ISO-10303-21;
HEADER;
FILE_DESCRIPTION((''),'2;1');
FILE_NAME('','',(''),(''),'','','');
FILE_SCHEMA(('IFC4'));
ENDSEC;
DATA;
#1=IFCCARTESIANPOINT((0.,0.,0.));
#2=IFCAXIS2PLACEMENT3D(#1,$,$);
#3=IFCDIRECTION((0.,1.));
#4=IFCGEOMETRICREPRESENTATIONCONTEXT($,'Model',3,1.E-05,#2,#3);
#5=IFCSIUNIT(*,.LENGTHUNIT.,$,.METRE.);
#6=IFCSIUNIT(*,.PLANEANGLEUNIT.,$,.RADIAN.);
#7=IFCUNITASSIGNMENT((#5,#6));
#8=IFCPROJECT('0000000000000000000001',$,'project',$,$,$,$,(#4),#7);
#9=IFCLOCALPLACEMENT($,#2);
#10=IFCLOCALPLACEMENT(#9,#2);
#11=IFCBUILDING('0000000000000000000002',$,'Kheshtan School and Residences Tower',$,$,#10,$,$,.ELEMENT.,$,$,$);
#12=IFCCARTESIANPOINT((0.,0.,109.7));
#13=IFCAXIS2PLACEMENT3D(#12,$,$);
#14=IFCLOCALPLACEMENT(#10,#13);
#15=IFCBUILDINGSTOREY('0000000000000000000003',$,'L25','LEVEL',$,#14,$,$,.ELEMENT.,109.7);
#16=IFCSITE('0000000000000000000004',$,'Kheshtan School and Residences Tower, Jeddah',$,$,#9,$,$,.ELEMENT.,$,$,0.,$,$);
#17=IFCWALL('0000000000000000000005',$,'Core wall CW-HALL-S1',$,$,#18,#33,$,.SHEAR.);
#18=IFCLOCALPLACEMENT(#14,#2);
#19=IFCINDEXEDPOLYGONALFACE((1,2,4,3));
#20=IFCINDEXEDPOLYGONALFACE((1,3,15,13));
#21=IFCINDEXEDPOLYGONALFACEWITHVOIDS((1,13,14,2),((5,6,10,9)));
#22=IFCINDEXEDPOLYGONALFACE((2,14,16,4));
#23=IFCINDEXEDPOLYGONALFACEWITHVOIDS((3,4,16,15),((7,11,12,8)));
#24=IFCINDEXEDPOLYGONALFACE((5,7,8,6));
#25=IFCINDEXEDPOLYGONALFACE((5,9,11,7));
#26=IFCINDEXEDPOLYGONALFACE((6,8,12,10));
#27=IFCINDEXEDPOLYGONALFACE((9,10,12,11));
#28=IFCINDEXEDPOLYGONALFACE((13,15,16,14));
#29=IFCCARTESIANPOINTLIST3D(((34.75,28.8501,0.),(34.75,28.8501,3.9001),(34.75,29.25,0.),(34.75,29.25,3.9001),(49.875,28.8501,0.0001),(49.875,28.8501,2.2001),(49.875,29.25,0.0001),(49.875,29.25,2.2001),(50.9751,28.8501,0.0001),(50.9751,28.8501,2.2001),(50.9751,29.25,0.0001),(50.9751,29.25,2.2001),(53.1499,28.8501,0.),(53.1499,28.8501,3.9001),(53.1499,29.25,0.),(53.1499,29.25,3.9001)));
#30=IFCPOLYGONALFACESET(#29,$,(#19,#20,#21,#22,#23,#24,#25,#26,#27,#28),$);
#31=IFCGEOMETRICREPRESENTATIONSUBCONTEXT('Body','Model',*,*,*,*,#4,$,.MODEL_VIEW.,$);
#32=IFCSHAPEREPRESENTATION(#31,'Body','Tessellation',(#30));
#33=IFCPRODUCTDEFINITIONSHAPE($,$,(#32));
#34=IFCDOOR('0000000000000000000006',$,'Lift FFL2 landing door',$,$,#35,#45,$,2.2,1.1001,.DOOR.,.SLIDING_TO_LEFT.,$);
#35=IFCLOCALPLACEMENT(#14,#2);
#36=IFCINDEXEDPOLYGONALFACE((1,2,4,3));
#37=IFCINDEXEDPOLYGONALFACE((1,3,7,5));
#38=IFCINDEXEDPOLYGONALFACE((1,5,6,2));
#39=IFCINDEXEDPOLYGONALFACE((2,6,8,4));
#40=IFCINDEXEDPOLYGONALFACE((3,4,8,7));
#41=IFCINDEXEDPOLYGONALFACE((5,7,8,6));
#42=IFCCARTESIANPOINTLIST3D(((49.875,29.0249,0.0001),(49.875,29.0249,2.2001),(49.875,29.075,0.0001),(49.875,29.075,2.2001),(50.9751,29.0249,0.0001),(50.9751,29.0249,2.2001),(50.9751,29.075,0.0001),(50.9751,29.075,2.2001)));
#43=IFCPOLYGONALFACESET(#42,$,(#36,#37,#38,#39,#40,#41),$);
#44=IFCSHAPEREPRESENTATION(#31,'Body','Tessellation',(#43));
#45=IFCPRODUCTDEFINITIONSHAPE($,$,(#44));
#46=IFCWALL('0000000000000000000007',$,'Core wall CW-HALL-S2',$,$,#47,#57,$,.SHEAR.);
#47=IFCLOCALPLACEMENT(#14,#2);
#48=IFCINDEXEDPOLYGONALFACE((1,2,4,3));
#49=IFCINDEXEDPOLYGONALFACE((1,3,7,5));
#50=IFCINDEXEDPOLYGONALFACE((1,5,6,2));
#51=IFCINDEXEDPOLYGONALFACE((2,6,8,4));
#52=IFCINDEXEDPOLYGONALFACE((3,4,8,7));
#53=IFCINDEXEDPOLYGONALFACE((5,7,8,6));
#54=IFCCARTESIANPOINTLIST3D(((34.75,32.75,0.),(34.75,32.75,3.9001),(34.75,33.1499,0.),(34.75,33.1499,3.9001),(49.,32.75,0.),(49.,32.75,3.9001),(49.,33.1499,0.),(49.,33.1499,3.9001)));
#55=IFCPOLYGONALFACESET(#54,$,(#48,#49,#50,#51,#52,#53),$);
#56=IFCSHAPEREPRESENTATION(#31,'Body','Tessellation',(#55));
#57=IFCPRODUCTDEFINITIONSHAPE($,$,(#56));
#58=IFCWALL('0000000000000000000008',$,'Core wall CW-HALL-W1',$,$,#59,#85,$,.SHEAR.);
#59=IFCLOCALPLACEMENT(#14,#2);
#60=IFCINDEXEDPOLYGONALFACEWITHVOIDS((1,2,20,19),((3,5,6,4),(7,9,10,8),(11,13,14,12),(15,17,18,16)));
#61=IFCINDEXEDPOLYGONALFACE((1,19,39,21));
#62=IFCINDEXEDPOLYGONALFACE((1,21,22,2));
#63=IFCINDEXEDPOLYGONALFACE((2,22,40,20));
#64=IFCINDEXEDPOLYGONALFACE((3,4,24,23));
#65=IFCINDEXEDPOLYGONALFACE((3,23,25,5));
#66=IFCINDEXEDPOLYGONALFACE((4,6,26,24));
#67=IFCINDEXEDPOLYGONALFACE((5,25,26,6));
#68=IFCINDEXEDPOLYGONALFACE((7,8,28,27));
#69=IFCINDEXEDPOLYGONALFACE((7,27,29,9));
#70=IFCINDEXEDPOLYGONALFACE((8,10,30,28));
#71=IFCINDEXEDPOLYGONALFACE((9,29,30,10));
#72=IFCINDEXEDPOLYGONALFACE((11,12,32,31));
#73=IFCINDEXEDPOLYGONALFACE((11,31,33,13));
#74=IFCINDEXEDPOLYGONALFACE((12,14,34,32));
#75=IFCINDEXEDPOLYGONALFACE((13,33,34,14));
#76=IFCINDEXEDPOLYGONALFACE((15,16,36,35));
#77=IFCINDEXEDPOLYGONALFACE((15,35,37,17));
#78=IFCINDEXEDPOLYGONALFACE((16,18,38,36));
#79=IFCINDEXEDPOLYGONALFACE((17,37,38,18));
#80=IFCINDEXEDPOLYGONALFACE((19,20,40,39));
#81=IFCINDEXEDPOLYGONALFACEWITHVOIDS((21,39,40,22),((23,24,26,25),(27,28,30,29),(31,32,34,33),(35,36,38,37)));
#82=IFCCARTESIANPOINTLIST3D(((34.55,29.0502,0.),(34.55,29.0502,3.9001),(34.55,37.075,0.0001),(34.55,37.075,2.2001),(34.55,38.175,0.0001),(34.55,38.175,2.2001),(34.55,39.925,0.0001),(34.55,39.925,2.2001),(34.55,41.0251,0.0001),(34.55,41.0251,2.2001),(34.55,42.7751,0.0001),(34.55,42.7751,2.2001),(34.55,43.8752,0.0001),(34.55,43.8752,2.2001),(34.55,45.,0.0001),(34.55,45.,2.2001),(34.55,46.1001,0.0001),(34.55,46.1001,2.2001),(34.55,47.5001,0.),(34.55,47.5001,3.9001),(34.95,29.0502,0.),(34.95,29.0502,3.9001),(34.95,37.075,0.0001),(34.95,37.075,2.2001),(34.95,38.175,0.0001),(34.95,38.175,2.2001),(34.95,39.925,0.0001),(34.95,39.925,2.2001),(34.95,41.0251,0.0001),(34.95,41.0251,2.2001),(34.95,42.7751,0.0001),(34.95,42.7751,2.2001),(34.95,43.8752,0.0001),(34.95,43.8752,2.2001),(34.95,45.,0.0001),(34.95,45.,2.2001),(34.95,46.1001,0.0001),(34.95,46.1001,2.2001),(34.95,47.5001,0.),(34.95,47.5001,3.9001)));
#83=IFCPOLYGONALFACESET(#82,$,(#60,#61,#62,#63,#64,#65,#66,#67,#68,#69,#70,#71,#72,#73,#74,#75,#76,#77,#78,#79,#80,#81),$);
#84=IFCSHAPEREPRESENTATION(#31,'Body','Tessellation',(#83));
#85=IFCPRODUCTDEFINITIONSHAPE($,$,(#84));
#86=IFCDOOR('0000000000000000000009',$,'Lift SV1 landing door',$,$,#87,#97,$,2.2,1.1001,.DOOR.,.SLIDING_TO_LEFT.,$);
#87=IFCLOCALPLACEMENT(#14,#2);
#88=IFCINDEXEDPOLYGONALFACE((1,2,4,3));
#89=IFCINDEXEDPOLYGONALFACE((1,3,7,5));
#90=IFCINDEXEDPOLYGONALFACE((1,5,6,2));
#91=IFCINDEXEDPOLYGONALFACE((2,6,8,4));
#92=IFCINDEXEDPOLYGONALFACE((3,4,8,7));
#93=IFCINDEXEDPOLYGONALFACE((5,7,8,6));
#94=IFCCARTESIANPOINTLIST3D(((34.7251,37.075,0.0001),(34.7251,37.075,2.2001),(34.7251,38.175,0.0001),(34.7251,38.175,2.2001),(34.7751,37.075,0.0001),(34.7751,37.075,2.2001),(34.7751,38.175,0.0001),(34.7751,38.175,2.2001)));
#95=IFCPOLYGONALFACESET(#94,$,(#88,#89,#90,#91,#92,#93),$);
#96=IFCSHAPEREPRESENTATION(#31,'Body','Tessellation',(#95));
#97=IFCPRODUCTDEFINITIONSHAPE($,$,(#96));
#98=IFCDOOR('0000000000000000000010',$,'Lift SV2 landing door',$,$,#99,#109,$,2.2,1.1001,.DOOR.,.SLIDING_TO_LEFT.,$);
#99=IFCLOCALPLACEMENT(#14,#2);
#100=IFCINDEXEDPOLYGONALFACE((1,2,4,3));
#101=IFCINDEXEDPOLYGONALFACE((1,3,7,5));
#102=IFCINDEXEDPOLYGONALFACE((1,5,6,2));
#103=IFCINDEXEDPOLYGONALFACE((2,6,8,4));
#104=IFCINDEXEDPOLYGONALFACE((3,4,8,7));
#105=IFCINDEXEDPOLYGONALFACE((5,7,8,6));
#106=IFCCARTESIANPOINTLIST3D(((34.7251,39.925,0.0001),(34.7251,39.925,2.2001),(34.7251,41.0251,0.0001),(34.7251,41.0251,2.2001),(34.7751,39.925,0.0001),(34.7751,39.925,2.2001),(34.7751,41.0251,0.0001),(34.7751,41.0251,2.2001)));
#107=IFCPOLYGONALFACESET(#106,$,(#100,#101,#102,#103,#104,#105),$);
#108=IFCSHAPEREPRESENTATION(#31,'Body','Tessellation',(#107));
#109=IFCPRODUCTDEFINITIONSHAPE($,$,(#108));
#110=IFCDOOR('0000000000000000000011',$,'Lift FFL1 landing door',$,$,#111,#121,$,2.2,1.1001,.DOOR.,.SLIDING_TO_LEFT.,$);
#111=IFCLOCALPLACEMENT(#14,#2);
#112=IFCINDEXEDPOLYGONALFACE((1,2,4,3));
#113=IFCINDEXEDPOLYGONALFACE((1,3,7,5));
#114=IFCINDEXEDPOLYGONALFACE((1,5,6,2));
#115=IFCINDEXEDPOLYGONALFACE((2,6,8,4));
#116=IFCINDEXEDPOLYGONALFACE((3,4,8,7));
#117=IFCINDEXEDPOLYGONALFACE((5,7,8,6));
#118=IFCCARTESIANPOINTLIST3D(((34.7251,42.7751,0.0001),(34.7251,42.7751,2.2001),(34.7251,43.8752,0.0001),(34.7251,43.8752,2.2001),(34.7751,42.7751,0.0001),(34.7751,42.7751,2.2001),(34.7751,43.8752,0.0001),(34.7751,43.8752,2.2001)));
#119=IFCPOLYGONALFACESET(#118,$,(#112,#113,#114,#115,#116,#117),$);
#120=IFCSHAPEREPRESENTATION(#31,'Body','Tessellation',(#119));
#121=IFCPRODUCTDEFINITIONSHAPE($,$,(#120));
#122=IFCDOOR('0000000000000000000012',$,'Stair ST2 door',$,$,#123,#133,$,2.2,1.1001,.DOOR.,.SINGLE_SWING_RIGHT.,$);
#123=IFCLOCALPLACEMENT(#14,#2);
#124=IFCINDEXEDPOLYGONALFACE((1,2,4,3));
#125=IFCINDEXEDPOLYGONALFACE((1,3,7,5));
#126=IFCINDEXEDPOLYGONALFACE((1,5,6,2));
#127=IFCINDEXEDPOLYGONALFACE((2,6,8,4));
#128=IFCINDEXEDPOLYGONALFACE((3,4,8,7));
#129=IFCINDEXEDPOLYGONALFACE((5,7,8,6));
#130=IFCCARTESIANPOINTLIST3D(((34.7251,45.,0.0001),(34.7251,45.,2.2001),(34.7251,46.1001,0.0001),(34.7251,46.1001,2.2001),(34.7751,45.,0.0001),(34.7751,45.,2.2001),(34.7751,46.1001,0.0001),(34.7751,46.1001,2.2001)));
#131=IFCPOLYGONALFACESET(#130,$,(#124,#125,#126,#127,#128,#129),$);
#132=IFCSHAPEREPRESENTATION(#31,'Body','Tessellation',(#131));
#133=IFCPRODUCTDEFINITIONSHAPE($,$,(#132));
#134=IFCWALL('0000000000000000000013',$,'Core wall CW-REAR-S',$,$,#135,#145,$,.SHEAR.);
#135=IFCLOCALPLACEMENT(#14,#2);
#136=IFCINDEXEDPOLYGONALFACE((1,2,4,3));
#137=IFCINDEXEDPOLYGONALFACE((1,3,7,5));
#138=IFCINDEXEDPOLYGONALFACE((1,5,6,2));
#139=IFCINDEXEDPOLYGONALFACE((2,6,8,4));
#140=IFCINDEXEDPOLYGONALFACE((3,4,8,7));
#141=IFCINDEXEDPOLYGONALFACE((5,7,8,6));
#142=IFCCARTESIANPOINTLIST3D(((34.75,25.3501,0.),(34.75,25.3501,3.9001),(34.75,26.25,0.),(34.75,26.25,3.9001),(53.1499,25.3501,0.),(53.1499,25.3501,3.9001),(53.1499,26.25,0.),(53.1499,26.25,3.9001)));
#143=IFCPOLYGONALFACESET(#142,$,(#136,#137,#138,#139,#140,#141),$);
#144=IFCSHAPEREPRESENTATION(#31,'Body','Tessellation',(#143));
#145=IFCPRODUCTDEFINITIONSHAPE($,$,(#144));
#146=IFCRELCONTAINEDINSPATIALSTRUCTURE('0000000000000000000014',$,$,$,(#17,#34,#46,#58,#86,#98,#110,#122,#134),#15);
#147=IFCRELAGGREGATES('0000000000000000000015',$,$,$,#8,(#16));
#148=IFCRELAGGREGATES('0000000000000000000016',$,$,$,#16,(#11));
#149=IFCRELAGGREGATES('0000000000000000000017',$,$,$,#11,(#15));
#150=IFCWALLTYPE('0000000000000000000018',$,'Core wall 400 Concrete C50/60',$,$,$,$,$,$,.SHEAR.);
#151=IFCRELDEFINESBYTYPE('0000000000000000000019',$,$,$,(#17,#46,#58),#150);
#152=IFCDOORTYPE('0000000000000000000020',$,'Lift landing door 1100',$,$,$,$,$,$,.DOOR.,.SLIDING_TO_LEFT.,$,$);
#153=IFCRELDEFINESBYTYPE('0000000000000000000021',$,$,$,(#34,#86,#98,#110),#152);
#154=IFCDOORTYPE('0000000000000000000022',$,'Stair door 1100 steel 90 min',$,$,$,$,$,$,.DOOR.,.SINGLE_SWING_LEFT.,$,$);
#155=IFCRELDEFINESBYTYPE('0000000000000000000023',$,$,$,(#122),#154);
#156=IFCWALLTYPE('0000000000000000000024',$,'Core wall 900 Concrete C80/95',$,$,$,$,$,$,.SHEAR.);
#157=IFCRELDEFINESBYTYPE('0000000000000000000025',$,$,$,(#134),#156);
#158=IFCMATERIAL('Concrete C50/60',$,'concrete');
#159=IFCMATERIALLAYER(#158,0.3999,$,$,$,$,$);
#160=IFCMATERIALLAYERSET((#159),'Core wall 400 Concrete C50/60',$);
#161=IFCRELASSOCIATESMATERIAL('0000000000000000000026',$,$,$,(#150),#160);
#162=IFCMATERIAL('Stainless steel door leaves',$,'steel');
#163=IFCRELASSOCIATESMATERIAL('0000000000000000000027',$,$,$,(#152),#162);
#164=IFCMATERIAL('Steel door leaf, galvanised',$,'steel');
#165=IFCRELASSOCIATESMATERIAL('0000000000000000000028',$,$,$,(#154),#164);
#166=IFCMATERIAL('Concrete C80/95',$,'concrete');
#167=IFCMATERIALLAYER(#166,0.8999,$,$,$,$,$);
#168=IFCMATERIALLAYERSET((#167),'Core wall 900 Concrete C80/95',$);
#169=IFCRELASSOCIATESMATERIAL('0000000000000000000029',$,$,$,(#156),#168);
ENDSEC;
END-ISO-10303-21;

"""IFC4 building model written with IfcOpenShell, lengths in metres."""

from ifc_helpers import new_model, si_unit, direction, frame, frame_2d, origin, place, context, subcontext, project, spatial, rectangle, extrude, source, transform, mapped, material, layer, layer_set, type_object, element, fill, save


model = new_model("IFC4")

# Units and contexts
model_context = context("Model", 3, precision=1e-05, world=origin(), true_north=direction((0.0, 1.0)))
body_context = subcontext(model_context, "Body", "Model", "MODEL_VIEW")
ifc_project = project(units=[si_unit("LENGTHUNIT", "METRE"), si_unit("PLANEANGLEUNIT", "RADIAN")], contexts=[model_context])

# Site, building, storey
site_placement = place(None, origin())
site = spatial("IfcSite", under=ifc_project, at=site_placement, Name="Kheshtan School and Residences Tower, Jeddah", CompositionType="ELEMENT", RefElevation=0.0)
building_placement = place(site_placement, origin())
building = spatial("IfcBuilding", under=site, at=building_placement, Name="Kheshtan School and Residences Tower", CompositionType="ELEMENT")
storey_placement = place(building_placement, frame((0.0, 0.0, 109.7)))
storey = spatial("IfcBuildingStorey", under=building, at=storey_placement, Name="L25", Description="LEVEL", CompositionType="ELEMENT", Elevation=109.7)

# Wall, opening, door
ifc_material_1 = material(Name="Concrete C50/60", Category="concrete")
ifc_layer_1 = layer(ifc_material_1, 0.3999)
ifc_layer_set_1 = layer_set([ifc_layer_1], Name="Core wall 400 Concrete C50/60")
wall_type_1 = type_object("IfcWallType", Name="Core wall 400 Concrete C50/60", PredefinedType="SHEAR", material=ifc_layer_set_1)
wall_1_placement = place(storey_placement, frame((34.75, 29.05, 0.0), z_axis=(0.0, 0.0, 1.0), x_axis=(1.0, 0.0, 0.0)))
wall_1 = element("IfcWall", 1, at=wall_1_placement, inside=storey, type_object=wall_type_1, Name="Core wall CW-HALL-S1", PredefinedType="SHEAR", context=body_context, shape_type="SweptSolid", body=[
    extrude(rectangle(XDim=18.3999, YDim=0.3999, at=frame_2d((9.2, 0.0))), origin(), (0.0, 0.0, 1.0), 3.9001),
])
opening_1_placement = place(wall_1_placement, frame((15.125, 0.0, 0.0)))
opening_1 = element("IfcOpeningElement", 2, at=opening_1_placement, cuts=wall_1, PredefinedType="OPENING", context=body_context, shape_type="SweptSolid", body=[
    extrude(rectangle(XDim=1.1001, YDim=2.2, at=frame_2d((0.55, 1.1001))), frame((0.0, 0.21, 0.0), z_axis=(0.0, -1.0, 0.0), x_axis=(1.0, 0.0, 0.0)), (0.0, 0.0, 1.0), 0.4199),
])
ifc_material_2 = material(Name="Stainless steel door leaves", Category="steel")
door_type_1 = type_object("IfcDoorType", Name="Lift landing door 1100", OperationType="SLIDING_TO_LEFT", PredefinedType="DOOR", material=ifc_material_2)
shared_shape_1 = source(origin(), body_context, "Body", "SweptSolid", [
    extrude(rectangle(XDim=1.1001, YDim=2.2, at=frame_2d((0.55, 1.1001))), frame((0.0, 0.0249, 0.0), z_axis=(0.0, -1.0, 0.0), x_axis=(1.0, 0.0, 0.0)), (0.0, 0.0, 1.0), 0.05),
])
door_1_placement = place(opening_1_placement, origin())
door_1 = element("IfcDoor", 3, at=door_1_placement, inside=storey, type_object=door_type_1, Name="Lift FFL2 landing door", OperationType="SLIDING_TO_LEFT", OverallHeight=2.2, OverallWidth=1.1001, PredefinedType="DOOR", context=body_context, shape_type="MappedRepresentation", body=[
    mapped(shared_shape_1, transform((0.0, 0.0, 0.0), x_axis=(1.0, 0.0, 0.0), y_axis=(0.0, 1.0, 0.0), z_axis=(0.0, 0.0, 1.0), scale=1.0)),
])
fill(opening_1, door_1)

# Wall
wall_2_placement = place(storey_placement, frame((34.75, 32.95, 0.0), z_axis=(0.0, 0.0, 1.0), x_axis=(1.0, 0.0, 0.0)))
element("IfcWall", 4, at=wall_2_placement, inside=storey, type_object=wall_type_1, Name="Core wall CW-HALL-S2", PredefinedType="SHEAR", context=body_context, shape_type="SweptSolid", body=[
    extrude(rectangle(XDim=14.25, YDim=0.3999, at=frame_2d((7.125, 0.0))), origin(), (0.0, 0.0, 1.0), 3.9001),
])

# Wall, openings, doors
wall_3_placement = place(storey_placement, frame((34.75, 29.05, 0.0), z_axis=(0.0, 0.0, 1.0), x_axis=(0.0, 1.0, 0.0)))
wall_3 = element("IfcWall", 5, at=wall_3_placement, inside=storey, type_object=wall_type_1, Name="Core wall CW-HALL-W1", PredefinedType="SHEAR", context=body_context, shape_type="SweptSolid", body=[
    extrude(rectangle(XDim=18.45, YDim=0.3999, at=frame_2d((9.2251, 0.0))), origin(), (0.0, 0.0, 1.0), 3.9001),
])
opening_2_placement = place(wall_3_placement, frame((8.0249, 0.0, 0.0)))
opening_2 = element("IfcOpeningElement", 6, at=opening_2_placement, cuts=wall_3, PredefinedType="OPENING", context=body_context, shape_type="SweptSolid", body=[
    extrude(rectangle(XDim=1.1001, YDim=2.2, at=frame_2d((0.55, 1.1001))), frame((0.0, 0.21, 0.0), z_axis=(0.0, -1.0, 0.0), x_axis=(1.0, 0.0, 0.0)), (0.0, 0.0, 1.0), 0.4199),
])
opening_3_placement = place(wall_3_placement, frame((10.875, 0.0, 0.0)))
opening_3 = element("IfcOpeningElement", 7, at=opening_3_placement, cuts=wall_3, PredefinedType="OPENING", context=body_context, shape_type="SweptSolid", body=[
    extrude(rectangle(XDim=1.1001, YDim=2.2, at=frame_2d((0.55, 1.1001))), frame((0.0, 0.21, 0.0), z_axis=(0.0, -1.0, 0.0), x_axis=(1.0, 0.0, 0.0)), (0.0, 0.0, 1.0), 0.4199),
])
opening_4_placement = place(wall_3_placement, frame((13.7251, 0.0, 0.0)))
opening_4 = element("IfcOpeningElement", 8, at=opening_4_placement, cuts=wall_3, PredefinedType="OPENING", context=body_context, shape_type="SweptSolid", body=[
    extrude(rectangle(XDim=1.1001, YDim=2.2, at=frame_2d((0.55, 1.1001))), frame((0.0, 0.21, 0.0), z_axis=(0.0, -1.0, 0.0), x_axis=(1.0, 0.0, 0.0)), (0.0, 0.0, 1.0), 0.4199),
])
opening_5_placement = place(wall_3_placement, frame((15.95, 0.0, 0.0)))
opening_5 = element("IfcOpeningElement", 9, at=opening_5_placement, cuts=wall_3, PredefinedType="OPENING", context=body_context, shape_type="SweptSolid", body=[
    extrude(rectangle(XDim=1.1001, YDim=2.2, at=frame_2d((0.55, 1.1001))), frame((0.0, 0.21, 0.0), z_axis=(0.0, -1.0, 0.0), x_axis=(1.0, 0.0, 0.0)), (0.0, 0.0, 1.0), 0.4199),
])
door_2_placement = place(opening_2_placement, origin())
door_2 = element("IfcDoor", 10, at=door_2_placement, inside=storey, type_object=door_type_1, Name="Lift SV1 landing door", OperationType="SLIDING_TO_LEFT", OverallHeight=2.2, OverallWidth=1.1001, PredefinedType="DOOR", context=body_context, shape_type="MappedRepresentation", body=[
    mapped(shared_shape_1, transform((0.0, 0.0, 0.0), x_axis=(1.0, 0.0, 0.0), y_axis=(0.0, 1.0, 0.0), z_axis=(0.0, 0.0, 1.0), scale=1.0)),
])
fill(opening_2, door_2)
door_3_placement = place(opening_3_placement, origin())
door_3 = element("IfcDoor", 11, at=door_3_placement, inside=storey, type_object=door_type_1, Name="Lift SV2 landing door", OperationType="SLIDING_TO_LEFT", OverallHeight=2.2, OverallWidth=1.1001, PredefinedType="DOOR", context=body_context, shape_type="MappedRepresentation", body=[
    mapped(shared_shape_1, transform((0.0, 0.0, 0.0), x_axis=(1.0, 0.0, 0.0), y_axis=(0.0, 1.0, 0.0), z_axis=(0.0, 0.0, 1.0), scale=1.0)),
])
fill(opening_3, door_3)
door_4_placement = place(opening_4_placement, origin())
door_4 = element("IfcDoor", 12, at=door_4_placement, inside=storey, type_object=door_type_1, Name="Lift FFL1 landing door", OperationType="SLIDING_TO_LEFT", OverallHeight=2.2, OverallWidth=1.1001, PredefinedType="DOOR", context=body_context, shape_type="MappedRepresentation", body=[
    mapped(shared_shape_1, transform((0.0, 0.0, 0.0), x_axis=(1.0, 0.0, 0.0), y_axis=(0.0, 1.0, 0.0), z_axis=(0.0, 0.0, 1.0), scale=1.0)),
])
fill(opening_4, door_4)
ifc_material_3 = material(Name="Steel door leaf, galvanised", Category="steel")
door_type_2 = type_object("IfcDoorType", Name="Stair door 1100 steel 90 min", OperationType="SINGLE_SWING_LEFT", PredefinedType="DOOR", material=ifc_material_3)
shared_shape_2 = source(origin(), body_context, "Body", "SweptSolid", [
    extrude(rectangle(XDim=1.1001, YDim=2.2, at=frame_2d((0.55, 1.1001))), frame((0.0, 0.0249, 0.0), z_axis=(0.0, -1.0, 0.0), x_axis=(1.0, 0.0, 0.0)), (0.0, 0.0, 1.0), 0.05),
])
door_5_placement = place(opening_5_placement, origin())
door_5 = element("IfcDoor", 13, at=door_5_placement, inside=storey, type_object=door_type_2, Name="Stair ST2 door", OperationType="SINGLE_SWING_RIGHT", OverallHeight=2.2, OverallWidth=1.1001, PredefinedType="DOOR", context=body_context, shape_type="MappedRepresentation", body=[
    mapped(shared_shape_2, transform((0.0, 0.0, 0.0), x_axis=(1.0, 0.0, 0.0), y_axis=(0.0, 1.0, 0.0), z_axis=(0.0, 0.0, 1.0), scale=1.0)),
])
fill(opening_5, door_5)

# Wall
ifc_material_4 = material(Name="Concrete C80/95", Category="concrete")
ifc_layer_2 = layer(ifc_material_4, 0.8999)
ifc_layer_set_2 = layer_set([ifc_layer_2], Name="Core wall 900 Concrete C80/95")
wall_type_2 = type_object("IfcWallType", Name="Core wall 900 Concrete C80/95", PredefinedType="SHEAR", material=ifc_layer_set_2)
wall_4_placement = place(storey_placement, frame((34.75, 25.8, 0.0), z_axis=(0.0, 0.0, 1.0), x_axis=(1.0, 0.0, 0.0)))
element("IfcWall", 14, at=wall_4_placement, inside=storey, type_object=wall_type_2, Name="Core wall CW-REAR-S", PredefinedType="SHEAR", context=body_context, shape_type="SweptSolid", body=[
    extrude(rectangle(XDim=18.3999, YDim=0.8999, at=frame_2d((9.2, 0.0))), origin(), (0.0, 0.0, 1.0), 3.9001),
])

save(model, "model.ifc")
